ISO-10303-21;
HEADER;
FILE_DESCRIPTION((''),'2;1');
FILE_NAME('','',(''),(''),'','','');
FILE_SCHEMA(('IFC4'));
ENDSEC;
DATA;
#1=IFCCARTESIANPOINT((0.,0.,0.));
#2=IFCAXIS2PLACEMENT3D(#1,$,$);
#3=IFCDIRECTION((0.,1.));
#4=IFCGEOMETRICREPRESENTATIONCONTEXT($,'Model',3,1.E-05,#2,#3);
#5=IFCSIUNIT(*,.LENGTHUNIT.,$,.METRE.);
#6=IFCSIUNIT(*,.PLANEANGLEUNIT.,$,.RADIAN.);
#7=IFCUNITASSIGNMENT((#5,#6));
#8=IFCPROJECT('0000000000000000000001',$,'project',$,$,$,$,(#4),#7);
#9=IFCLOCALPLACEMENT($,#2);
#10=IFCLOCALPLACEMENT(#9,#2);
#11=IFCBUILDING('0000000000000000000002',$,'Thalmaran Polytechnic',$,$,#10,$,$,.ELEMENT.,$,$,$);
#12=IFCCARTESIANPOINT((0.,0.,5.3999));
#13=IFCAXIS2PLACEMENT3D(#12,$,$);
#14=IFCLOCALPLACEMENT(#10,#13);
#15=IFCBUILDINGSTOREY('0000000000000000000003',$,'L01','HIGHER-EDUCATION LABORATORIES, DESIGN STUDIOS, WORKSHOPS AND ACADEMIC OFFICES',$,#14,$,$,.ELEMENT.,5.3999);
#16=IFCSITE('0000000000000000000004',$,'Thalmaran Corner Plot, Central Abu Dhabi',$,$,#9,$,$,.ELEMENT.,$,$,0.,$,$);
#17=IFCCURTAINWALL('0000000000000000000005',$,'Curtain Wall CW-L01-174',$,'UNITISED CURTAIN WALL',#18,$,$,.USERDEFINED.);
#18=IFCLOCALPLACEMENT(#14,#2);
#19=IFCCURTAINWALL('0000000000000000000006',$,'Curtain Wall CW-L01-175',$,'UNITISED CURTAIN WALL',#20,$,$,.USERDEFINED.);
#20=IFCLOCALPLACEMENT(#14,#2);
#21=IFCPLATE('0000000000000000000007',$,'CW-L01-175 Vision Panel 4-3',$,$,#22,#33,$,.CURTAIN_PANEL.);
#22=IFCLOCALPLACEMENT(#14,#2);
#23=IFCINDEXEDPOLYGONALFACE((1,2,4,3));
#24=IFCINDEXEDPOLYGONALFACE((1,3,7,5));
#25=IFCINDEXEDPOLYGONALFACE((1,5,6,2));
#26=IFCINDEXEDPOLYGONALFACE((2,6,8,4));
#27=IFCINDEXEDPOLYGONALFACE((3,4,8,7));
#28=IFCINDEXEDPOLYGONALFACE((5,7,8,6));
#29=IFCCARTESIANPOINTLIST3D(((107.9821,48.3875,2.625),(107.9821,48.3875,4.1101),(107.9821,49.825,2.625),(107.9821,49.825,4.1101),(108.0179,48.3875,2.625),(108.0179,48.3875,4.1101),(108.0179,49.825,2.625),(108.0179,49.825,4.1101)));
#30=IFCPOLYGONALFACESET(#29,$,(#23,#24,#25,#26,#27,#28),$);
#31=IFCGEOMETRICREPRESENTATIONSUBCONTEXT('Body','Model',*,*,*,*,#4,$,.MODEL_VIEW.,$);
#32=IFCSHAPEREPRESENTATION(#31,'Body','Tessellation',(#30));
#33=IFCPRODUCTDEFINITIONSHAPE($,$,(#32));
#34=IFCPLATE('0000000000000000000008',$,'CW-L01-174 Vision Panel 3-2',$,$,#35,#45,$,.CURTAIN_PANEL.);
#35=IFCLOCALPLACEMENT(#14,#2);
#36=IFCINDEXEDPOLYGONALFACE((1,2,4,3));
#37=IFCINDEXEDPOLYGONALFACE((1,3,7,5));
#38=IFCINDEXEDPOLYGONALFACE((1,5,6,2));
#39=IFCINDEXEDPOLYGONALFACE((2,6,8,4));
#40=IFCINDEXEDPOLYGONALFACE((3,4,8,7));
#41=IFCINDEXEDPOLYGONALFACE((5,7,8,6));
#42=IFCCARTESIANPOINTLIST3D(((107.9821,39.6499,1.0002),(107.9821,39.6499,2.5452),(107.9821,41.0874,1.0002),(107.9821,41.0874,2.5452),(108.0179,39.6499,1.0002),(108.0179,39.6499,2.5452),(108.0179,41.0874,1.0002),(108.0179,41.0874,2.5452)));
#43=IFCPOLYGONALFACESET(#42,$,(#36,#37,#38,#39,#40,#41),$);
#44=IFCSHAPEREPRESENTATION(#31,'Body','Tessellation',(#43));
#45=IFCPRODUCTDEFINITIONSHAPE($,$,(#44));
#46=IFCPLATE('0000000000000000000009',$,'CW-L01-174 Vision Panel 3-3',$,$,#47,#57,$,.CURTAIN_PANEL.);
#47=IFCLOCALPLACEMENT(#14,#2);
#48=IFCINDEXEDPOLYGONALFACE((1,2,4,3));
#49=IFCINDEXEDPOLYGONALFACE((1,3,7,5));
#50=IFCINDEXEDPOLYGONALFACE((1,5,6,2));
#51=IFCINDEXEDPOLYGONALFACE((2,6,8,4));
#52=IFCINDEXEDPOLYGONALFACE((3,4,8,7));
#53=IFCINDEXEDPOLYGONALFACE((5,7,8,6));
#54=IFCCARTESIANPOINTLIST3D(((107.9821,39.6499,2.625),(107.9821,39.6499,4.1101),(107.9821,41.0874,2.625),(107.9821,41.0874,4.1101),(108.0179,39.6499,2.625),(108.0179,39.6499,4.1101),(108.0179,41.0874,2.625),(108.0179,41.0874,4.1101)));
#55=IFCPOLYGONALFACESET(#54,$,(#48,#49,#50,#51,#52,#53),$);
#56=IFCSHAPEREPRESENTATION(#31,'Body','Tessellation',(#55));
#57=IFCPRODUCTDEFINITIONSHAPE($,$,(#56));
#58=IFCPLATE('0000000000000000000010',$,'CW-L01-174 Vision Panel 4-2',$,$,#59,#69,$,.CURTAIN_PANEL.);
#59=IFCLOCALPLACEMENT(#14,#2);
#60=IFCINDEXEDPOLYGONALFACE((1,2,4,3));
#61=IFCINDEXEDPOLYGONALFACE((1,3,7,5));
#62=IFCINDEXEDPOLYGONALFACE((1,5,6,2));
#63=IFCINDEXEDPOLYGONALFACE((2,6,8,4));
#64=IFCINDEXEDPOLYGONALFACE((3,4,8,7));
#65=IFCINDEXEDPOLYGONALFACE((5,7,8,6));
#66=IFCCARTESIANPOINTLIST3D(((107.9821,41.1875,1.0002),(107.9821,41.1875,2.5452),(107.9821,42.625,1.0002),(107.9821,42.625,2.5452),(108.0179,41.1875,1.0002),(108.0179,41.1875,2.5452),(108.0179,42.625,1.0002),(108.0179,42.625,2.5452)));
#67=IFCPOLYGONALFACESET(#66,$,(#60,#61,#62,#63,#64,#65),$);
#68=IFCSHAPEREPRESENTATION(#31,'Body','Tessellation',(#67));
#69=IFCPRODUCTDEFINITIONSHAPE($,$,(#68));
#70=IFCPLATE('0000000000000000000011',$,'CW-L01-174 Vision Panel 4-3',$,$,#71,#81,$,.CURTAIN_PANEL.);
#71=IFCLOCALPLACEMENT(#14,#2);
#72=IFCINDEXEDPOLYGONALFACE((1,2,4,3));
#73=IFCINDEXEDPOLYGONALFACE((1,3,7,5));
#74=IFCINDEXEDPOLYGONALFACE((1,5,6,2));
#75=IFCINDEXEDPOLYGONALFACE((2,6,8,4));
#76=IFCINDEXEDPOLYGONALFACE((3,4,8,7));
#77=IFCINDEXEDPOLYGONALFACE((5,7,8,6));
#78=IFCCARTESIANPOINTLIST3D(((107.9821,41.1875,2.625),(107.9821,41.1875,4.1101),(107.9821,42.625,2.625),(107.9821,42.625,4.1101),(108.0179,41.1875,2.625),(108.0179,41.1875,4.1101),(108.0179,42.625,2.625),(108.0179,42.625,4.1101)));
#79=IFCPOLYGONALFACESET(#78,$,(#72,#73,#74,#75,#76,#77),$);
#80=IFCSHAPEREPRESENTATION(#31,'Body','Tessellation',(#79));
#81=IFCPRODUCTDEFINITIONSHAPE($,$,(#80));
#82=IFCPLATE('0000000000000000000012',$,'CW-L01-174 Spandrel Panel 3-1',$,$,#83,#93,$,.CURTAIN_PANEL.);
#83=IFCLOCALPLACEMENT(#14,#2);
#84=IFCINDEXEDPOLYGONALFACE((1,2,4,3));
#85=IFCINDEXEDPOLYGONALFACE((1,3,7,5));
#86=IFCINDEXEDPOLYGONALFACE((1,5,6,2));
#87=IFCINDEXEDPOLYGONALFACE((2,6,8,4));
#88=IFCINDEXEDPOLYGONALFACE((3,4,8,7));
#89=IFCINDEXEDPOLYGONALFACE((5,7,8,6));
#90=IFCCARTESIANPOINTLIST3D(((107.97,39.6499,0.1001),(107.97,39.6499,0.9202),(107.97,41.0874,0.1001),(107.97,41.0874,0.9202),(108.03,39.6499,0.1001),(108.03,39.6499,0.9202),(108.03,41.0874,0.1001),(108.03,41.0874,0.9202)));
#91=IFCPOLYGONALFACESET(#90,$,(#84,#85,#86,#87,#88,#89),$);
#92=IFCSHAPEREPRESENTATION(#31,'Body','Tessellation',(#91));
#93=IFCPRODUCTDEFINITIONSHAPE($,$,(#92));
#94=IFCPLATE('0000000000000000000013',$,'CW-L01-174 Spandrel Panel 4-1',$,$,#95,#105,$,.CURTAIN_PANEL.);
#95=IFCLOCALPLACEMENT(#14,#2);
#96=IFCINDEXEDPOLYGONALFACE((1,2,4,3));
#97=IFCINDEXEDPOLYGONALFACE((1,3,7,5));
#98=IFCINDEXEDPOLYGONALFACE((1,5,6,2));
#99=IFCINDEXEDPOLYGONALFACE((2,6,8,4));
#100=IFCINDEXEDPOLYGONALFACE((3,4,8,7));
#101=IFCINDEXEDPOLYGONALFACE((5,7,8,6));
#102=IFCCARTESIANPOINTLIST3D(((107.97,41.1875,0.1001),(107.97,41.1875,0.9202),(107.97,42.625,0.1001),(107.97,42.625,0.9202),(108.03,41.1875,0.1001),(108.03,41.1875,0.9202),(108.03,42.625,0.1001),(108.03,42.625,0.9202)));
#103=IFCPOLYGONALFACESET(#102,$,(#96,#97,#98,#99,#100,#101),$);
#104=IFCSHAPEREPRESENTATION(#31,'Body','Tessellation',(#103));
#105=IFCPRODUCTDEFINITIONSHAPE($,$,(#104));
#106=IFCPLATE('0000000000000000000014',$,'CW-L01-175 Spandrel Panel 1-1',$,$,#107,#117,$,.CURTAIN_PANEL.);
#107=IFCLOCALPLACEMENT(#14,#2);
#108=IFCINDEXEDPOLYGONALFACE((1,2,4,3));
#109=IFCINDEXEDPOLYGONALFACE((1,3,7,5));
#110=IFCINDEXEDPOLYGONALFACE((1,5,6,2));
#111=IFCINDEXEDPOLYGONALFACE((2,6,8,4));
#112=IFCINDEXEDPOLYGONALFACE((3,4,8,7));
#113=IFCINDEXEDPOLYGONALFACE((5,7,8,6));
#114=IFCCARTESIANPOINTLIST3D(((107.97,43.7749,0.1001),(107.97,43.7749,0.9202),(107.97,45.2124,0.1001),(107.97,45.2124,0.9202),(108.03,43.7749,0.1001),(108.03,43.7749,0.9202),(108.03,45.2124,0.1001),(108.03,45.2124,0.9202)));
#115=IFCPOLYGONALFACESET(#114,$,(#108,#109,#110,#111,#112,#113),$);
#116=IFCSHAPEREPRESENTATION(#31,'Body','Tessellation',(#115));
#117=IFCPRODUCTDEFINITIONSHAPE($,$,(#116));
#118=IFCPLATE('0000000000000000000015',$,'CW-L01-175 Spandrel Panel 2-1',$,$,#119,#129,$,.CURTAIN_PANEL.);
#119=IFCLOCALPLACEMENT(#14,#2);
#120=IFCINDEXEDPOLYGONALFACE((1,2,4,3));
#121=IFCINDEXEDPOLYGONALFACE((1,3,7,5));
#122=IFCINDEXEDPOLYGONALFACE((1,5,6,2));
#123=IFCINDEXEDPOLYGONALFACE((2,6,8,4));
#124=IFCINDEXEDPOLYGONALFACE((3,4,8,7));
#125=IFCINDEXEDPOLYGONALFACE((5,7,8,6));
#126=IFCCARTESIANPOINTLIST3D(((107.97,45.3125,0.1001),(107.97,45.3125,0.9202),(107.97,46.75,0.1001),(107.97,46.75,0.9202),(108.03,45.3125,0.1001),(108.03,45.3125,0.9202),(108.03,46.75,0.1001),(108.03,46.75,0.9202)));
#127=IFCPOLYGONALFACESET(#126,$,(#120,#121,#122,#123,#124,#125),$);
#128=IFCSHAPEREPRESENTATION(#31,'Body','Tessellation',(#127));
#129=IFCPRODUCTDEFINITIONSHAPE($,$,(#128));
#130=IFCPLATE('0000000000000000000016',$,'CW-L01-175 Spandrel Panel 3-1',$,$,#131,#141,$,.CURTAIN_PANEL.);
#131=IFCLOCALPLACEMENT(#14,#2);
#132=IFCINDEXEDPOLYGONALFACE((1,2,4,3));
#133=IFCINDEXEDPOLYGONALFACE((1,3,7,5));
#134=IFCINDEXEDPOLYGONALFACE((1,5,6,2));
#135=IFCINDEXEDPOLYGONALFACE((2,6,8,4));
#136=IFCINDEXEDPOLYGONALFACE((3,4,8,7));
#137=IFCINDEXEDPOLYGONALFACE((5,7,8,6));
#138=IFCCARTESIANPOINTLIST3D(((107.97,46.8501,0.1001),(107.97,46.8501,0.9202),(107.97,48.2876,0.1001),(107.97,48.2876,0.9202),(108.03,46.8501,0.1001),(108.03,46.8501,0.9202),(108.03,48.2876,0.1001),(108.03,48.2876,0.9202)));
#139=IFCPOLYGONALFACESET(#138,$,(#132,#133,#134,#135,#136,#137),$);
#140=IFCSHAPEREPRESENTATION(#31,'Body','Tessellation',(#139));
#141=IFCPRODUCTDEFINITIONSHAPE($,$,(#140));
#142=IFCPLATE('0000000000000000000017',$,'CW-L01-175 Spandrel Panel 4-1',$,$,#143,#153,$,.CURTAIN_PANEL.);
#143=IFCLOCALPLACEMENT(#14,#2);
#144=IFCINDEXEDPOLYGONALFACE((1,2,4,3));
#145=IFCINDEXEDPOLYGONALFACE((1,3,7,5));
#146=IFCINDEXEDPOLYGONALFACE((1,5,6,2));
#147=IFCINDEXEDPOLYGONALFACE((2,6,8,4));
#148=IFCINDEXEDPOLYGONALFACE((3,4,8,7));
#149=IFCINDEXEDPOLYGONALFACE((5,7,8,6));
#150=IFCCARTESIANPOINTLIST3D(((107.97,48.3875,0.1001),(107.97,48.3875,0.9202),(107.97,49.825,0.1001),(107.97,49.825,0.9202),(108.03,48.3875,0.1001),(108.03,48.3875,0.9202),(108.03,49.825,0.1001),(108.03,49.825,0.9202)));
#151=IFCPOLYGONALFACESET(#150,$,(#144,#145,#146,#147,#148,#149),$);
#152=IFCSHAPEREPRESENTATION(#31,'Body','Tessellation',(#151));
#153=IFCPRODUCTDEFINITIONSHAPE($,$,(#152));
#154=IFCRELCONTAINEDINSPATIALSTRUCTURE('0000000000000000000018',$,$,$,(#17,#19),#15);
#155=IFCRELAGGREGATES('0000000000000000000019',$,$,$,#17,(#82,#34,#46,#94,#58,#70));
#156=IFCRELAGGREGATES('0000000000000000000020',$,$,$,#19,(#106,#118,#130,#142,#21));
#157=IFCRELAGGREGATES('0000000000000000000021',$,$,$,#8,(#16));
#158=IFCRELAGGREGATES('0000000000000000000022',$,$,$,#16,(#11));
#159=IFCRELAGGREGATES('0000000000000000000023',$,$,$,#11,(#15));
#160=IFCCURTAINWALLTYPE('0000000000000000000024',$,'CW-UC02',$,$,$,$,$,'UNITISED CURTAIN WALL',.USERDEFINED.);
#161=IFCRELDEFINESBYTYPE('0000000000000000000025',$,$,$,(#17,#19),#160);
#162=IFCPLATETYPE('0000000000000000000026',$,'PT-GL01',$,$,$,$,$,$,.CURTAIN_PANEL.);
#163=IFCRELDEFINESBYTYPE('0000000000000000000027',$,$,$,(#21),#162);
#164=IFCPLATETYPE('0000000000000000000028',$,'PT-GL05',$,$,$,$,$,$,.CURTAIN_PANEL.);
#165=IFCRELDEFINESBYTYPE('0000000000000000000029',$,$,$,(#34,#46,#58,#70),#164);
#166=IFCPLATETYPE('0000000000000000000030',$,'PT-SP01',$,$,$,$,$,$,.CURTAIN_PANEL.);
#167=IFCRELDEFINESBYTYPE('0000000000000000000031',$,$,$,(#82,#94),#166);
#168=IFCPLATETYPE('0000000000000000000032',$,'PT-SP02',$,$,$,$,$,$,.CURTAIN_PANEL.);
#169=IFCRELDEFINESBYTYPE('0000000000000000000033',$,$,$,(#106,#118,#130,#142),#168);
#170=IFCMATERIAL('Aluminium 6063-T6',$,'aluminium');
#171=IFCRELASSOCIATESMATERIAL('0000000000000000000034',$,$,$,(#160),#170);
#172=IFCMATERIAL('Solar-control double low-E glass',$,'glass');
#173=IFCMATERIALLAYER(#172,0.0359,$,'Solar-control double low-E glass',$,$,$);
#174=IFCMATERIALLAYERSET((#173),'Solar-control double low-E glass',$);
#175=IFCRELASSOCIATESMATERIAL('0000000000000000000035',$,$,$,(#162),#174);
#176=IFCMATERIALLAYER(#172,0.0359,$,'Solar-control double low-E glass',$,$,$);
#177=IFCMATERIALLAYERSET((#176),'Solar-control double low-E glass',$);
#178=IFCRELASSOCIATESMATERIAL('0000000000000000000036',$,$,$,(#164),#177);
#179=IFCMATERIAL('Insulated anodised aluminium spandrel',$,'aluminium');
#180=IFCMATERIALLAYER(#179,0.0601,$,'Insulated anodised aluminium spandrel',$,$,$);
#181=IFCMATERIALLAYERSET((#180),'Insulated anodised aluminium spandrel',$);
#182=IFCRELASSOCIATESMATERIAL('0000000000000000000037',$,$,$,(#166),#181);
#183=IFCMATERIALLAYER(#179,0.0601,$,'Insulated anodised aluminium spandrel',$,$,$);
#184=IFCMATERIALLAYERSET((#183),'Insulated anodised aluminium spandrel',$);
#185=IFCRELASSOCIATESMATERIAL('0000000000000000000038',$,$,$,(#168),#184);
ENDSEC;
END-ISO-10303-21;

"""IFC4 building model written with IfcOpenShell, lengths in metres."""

from ifc_helpers import new_model, si_unit, direction, frame, origin, origin_2d, place, context, subcontext, project, spatial, rectangle, extrude, material, layer, layer_set, type_object, element, aggregate, save


model = new_model("IFC4")

# Units and contexts
model_context = context("Model", 3, precision=1e-05, world=origin(), true_north=direction((0.0, 1.0)))
body_context = subcontext(model_context, "Body", "Model", "MODEL_VIEW")
ifc_project = project(units=[si_unit("LENGTHUNIT", "METRE"), si_unit("PLANEANGLEUNIT", "RADIAN")], contexts=[model_context])

# Site, building, storey
site_placement = place(None, origin())
site = spatial("IfcSite", under=ifc_project, at=site_placement, Name="Thalmaran Corner Plot, Central Abu Dhabi", CompositionType="ELEMENT", RefElevation=0.0)
building_placement = place(site_placement, origin())
building = spatial("IfcBuilding", under=site, at=building_placement, Name="Thalmaran Polytechnic", CompositionType="ELEMENT")
storey_placement = place(building_placement, frame((0.0, 0.0, 5.3999)))
storey = spatial("IfcBuildingStorey", under=building, at=storey_placement, Name="L01", Description="HIGHER-EDUCATION LABORATORIES, DESIGN STUDIOS, WORKSHOPS AND ACADEMIC OFFICES", CompositionType="ELEMENT", Elevation=5.3999)

# Curtain walls
ifc_material_1 = material(Name="Aluminium 6063-T6", Category="aluminium")
curtain_wall_type = type_object("IfcCurtainWallType", Name="CW-UC02", ElementType="UNITISED CURTAIN WALL", PredefinedType="USERDEFINED", material=ifc_material_1)
curtain_wall_1_placement = place(storey_placement, origin())
curtain_wall_1 = element("IfcCurtainWall", 1, at=curtain_wall_1_placement, inside=storey, type_object=curtain_wall_type, Name="Curtain Wall CW-L01-174", ObjectType="UNITISED CURTAIN WALL", PredefinedType="USERDEFINED")
curtain_wall_2_placement = place(storey_placement, origin())
curtain_wall_2 = element("IfcCurtainWall", 2, at=curtain_wall_2_placement, inside=storey, type_object=curtain_wall_type, Name="Curtain Wall CW-L01-175", ObjectType="UNITISED CURTAIN WALL", PredefinedType="USERDEFINED")

# Plates
ifc_material_2 = material(Name="Solar-control double low-E glass", Category="glass")
ifc_layer_1 = layer(ifc_material_2, 0.0359, Name="Solar-control double low-E glass")
ifc_layer_set_1 = layer_set([ifc_layer_1], Name="Solar-control double low-E glass")
plate_type_1 = type_object("IfcPlateType", Name="PT-GL01", PredefinedType="CURTAIN_PANEL", material=ifc_layer_set_1)
plate_1_placement = place(storey_placement, frame((108.0, 49.1062, 2.625), z_axis=(0.0, 0.0, 1.0), x_axis=(0.0, 1.0, 0.0)))
plate_1 = element("IfcPlate", 3, at=plate_1_placement, type_object=plate_type_1, Name="CW-L01-175 Vision Panel 4-3", PredefinedType="CURTAIN_PANEL", context=body_context, shape_type="SweptSolid", body=[
    extrude(rectangle(XDim=1.4375, YDim=0.0359, at=origin_2d()), origin(), (0.0, 0.0, 1.0), 1.4851),
])
ifc_layer_2 = layer(ifc_material_2, 0.0359, Name="Solar-control double low-E glass")
ifc_layer_set_2 = layer_set([ifc_layer_2], Name="Solar-control double low-E glass")
plate_type_2 = type_object("IfcPlateType", Name="PT-GL05", PredefinedType="CURTAIN_PANEL", material=ifc_layer_set_2)
plate_2_placement = place(storey_placement, frame((108.0, 40.3687, 1.0002), z_axis=(0.0, 0.0, 1.0), x_axis=(0.0, 1.0, 0.0)))
plate_2 = element("IfcPlate", 4, at=plate_2_placement, type_object=plate_type_2, Name="CW-L01-174 Vision Panel 3-2", PredefinedType="CURTAIN_PANEL", context=body_context, shape_type="SweptSolid", body=[
    extrude(rectangle(XDim=1.4375, YDim=0.0359, at=origin_2d()), origin(), (0.0, 0.0, 1.0), 1.5449),
])
plate_3_placement = place(storey_placement, frame((108.0, 40.3687, 2.625), z_axis=(0.0, 0.0, 1.0), x_axis=(0.0, 1.0, 0.0)))
plate_3 = element("IfcPlate", 5, at=plate_3_placement, type_object=plate_type_2, Name="CW-L01-174 Vision Panel 3-3", PredefinedType="CURTAIN_PANEL", context=body_context, shape_type="SweptSolid", body=[
    extrude(rectangle(XDim=1.4375, YDim=0.0359, at=origin_2d()), origin(), (0.0, 0.0, 1.0), 1.4851),
])
plate_4_placement = place(storey_placement, frame((108.0, 41.9062, 1.0002), z_axis=(0.0, 0.0, 1.0), x_axis=(0.0, 1.0, 0.0)))
plate_4 = element("IfcPlate", 6, at=plate_4_placement, type_object=plate_type_2, Name="CW-L01-174 Vision Panel 4-2", PredefinedType="CURTAIN_PANEL", context=body_context, shape_type="SweptSolid", body=[
    extrude(rectangle(XDim=1.4375, YDim=0.0359, at=origin_2d()), origin(), (0.0, 0.0, 1.0), 1.5449),
])
plate_5_placement = place(storey_placement, frame((108.0, 41.9062, 2.625), z_axis=(0.0, 0.0, 1.0), x_axis=(0.0, 1.0, 0.0)))
plate_5 = element("IfcPlate", 7, at=plate_5_placement, type_object=plate_type_2, Name="CW-L01-174 Vision Panel 4-3", PredefinedType="CURTAIN_PANEL", context=body_context, shape_type="SweptSolid", body=[
    extrude(rectangle(XDim=1.4375, YDim=0.0359, at=origin_2d()), origin(), (0.0, 0.0, 1.0), 1.4851),
])
ifc_material_3 = material(Name="Insulated anodised aluminium spandrel", Category="aluminium")
ifc_layer_3 = layer(ifc_material_3, 0.0601, Name="Insulated anodised aluminium spandrel")
ifc_layer_set_3 = layer_set([ifc_layer_3], Name="Insulated anodised aluminium spandrel")
plate_type_3 = type_object("IfcPlateType", Name="PT-SP01", PredefinedType="CURTAIN_PANEL", material=ifc_layer_set_3)
plate_6_placement = place(storey_placement, frame((108.0, 40.3687, 0.1001), z_axis=(0.0, 0.0, 1.0), x_axis=(0.0, 1.0, 0.0)))
plate_6 = element("IfcPlate", 8, at=plate_6_placement, type_object=plate_type_3, Name="CW-L01-174 Spandrel Panel 3-1", PredefinedType="CURTAIN_PANEL", context=body_context, shape_type="SweptSolid", body=[
    extrude(rectangle(XDim=1.4375, YDim=0.0601, at=origin_2d()), origin(), (0.0, 0.0, 1.0), 0.8201),
])
plate_7_placement = place(storey_placement, frame((108.0, 41.9062, 0.1001), z_axis=(0.0, 0.0, 1.0), x_axis=(0.0, 1.0, 0.0)))
plate_7 = element("IfcPlate", 9, at=plate_7_placement, type_object=plate_type_3, Name="CW-L01-174 Spandrel Panel 4-1", PredefinedType="CURTAIN_PANEL", context=body_context, shape_type="SweptSolid", body=[
    extrude(rectangle(XDim=1.4375, YDim=0.0601, at=origin_2d()), origin(), (0.0, 0.0, 1.0), 0.8201),
])
aggregate(curtain_wall_1, [plate_6, plate_2, plate_3, plate_7, plate_4, plate_5])
ifc_layer_4 = layer(ifc_material_3, 0.0601, Name="Insulated anodised aluminium spandrel")
ifc_layer_set_4 = layer_set([ifc_layer_4], Name="Insulated anodised aluminium spandrel")
plate_type_4 = type_object("IfcPlateType", Name="PT-SP02", PredefinedType="CURTAIN_PANEL", material=ifc_layer_set_4)
plate_8_placement = place(storey_placement, frame((108.0, 44.4937, 0.1001), z_axis=(0.0, 0.0, 1.0), x_axis=(0.0, 1.0, 0.0)))
plate_8 = element("IfcPlate", 10, at=plate_8_placement, type_object=plate_type_4, Name="CW-L01-175 Spandrel Panel 1-1", PredefinedType="CURTAIN_PANEL", context=body_context, shape_type="SweptSolid", body=[
    extrude(rectangle(XDim=1.4375, YDim=0.0601, at=origin_2d()), origin(), (0.0, 0.0, 1.0), 0.8201),
])
plate_9_placement = place(storey_placement, frame((108.0, 46.0312, 0.1001), z_axis=(0.0, 0.0, 1.0), x_axis=(0.0, 1.0, 0.0)))
plate_9 = element("IfcPlate", 11, at=plate_9_placement, type_object=plate_type_4, Name="CW-L01-175 Spandrel Panel 2-1", PredefinedType="CURTAIN_PANEL", context=body_context, shape_type="SweptSolid", body=[
    extrude(rectangle(XDim=1.4375, YDim=0.0601, at=origin_2d()), origin(), (0.0, 0.0, 1.0), 0.8201),
])
plate_10_placement = place(storey_placement, frame((108.0, 47.5688, 0.1001), z_axis=(0.0, 0.0, 1.0), x_axis=(0.0, 1.0, 0.0)))
plate_10 = element("IfcPlate", 12, at=plate_10_placement, type_object=plate_type_4, Name="CW-L01-175 Spandrel Panel 3-1", PredefinedType="CURTAIN_PANEL", context=body_context, shape_type="SweptSolid", body=[
    extrude(rectangle(XDim=1.4375, YDim=0.0601, at=origin_2d()), origin(), (0.0, 0.0, 1.0), 0.8201),
])
plate_11_placement = place(storey_placement, frame((108.0, 49.1062, 0.1001), z_axis=(0.0, 0.0, 1.0), x_axis=(0.0, 1.0, 0.0)))
plate_11 = element("IfcPlate", 13, at=plate_11_placement, type_object=plate_type_4, Name="CW-L01-175 Spandrel Panel 4-1", PredefinedType="CURTAIN_PANEL", context=body_context, shape_type="SweptSolid", body=[
    extrude(rectangle(XDim=1.4375, YDim=0.0601, at=origin_2d()), origin(), (0.0, 0.0, 1.0), 0.8201),
])
aggregate(curtain_wall_2, [plate_8, plate_9, plate_10, plate_11, plate_1])

save(model, "model.ifc")
